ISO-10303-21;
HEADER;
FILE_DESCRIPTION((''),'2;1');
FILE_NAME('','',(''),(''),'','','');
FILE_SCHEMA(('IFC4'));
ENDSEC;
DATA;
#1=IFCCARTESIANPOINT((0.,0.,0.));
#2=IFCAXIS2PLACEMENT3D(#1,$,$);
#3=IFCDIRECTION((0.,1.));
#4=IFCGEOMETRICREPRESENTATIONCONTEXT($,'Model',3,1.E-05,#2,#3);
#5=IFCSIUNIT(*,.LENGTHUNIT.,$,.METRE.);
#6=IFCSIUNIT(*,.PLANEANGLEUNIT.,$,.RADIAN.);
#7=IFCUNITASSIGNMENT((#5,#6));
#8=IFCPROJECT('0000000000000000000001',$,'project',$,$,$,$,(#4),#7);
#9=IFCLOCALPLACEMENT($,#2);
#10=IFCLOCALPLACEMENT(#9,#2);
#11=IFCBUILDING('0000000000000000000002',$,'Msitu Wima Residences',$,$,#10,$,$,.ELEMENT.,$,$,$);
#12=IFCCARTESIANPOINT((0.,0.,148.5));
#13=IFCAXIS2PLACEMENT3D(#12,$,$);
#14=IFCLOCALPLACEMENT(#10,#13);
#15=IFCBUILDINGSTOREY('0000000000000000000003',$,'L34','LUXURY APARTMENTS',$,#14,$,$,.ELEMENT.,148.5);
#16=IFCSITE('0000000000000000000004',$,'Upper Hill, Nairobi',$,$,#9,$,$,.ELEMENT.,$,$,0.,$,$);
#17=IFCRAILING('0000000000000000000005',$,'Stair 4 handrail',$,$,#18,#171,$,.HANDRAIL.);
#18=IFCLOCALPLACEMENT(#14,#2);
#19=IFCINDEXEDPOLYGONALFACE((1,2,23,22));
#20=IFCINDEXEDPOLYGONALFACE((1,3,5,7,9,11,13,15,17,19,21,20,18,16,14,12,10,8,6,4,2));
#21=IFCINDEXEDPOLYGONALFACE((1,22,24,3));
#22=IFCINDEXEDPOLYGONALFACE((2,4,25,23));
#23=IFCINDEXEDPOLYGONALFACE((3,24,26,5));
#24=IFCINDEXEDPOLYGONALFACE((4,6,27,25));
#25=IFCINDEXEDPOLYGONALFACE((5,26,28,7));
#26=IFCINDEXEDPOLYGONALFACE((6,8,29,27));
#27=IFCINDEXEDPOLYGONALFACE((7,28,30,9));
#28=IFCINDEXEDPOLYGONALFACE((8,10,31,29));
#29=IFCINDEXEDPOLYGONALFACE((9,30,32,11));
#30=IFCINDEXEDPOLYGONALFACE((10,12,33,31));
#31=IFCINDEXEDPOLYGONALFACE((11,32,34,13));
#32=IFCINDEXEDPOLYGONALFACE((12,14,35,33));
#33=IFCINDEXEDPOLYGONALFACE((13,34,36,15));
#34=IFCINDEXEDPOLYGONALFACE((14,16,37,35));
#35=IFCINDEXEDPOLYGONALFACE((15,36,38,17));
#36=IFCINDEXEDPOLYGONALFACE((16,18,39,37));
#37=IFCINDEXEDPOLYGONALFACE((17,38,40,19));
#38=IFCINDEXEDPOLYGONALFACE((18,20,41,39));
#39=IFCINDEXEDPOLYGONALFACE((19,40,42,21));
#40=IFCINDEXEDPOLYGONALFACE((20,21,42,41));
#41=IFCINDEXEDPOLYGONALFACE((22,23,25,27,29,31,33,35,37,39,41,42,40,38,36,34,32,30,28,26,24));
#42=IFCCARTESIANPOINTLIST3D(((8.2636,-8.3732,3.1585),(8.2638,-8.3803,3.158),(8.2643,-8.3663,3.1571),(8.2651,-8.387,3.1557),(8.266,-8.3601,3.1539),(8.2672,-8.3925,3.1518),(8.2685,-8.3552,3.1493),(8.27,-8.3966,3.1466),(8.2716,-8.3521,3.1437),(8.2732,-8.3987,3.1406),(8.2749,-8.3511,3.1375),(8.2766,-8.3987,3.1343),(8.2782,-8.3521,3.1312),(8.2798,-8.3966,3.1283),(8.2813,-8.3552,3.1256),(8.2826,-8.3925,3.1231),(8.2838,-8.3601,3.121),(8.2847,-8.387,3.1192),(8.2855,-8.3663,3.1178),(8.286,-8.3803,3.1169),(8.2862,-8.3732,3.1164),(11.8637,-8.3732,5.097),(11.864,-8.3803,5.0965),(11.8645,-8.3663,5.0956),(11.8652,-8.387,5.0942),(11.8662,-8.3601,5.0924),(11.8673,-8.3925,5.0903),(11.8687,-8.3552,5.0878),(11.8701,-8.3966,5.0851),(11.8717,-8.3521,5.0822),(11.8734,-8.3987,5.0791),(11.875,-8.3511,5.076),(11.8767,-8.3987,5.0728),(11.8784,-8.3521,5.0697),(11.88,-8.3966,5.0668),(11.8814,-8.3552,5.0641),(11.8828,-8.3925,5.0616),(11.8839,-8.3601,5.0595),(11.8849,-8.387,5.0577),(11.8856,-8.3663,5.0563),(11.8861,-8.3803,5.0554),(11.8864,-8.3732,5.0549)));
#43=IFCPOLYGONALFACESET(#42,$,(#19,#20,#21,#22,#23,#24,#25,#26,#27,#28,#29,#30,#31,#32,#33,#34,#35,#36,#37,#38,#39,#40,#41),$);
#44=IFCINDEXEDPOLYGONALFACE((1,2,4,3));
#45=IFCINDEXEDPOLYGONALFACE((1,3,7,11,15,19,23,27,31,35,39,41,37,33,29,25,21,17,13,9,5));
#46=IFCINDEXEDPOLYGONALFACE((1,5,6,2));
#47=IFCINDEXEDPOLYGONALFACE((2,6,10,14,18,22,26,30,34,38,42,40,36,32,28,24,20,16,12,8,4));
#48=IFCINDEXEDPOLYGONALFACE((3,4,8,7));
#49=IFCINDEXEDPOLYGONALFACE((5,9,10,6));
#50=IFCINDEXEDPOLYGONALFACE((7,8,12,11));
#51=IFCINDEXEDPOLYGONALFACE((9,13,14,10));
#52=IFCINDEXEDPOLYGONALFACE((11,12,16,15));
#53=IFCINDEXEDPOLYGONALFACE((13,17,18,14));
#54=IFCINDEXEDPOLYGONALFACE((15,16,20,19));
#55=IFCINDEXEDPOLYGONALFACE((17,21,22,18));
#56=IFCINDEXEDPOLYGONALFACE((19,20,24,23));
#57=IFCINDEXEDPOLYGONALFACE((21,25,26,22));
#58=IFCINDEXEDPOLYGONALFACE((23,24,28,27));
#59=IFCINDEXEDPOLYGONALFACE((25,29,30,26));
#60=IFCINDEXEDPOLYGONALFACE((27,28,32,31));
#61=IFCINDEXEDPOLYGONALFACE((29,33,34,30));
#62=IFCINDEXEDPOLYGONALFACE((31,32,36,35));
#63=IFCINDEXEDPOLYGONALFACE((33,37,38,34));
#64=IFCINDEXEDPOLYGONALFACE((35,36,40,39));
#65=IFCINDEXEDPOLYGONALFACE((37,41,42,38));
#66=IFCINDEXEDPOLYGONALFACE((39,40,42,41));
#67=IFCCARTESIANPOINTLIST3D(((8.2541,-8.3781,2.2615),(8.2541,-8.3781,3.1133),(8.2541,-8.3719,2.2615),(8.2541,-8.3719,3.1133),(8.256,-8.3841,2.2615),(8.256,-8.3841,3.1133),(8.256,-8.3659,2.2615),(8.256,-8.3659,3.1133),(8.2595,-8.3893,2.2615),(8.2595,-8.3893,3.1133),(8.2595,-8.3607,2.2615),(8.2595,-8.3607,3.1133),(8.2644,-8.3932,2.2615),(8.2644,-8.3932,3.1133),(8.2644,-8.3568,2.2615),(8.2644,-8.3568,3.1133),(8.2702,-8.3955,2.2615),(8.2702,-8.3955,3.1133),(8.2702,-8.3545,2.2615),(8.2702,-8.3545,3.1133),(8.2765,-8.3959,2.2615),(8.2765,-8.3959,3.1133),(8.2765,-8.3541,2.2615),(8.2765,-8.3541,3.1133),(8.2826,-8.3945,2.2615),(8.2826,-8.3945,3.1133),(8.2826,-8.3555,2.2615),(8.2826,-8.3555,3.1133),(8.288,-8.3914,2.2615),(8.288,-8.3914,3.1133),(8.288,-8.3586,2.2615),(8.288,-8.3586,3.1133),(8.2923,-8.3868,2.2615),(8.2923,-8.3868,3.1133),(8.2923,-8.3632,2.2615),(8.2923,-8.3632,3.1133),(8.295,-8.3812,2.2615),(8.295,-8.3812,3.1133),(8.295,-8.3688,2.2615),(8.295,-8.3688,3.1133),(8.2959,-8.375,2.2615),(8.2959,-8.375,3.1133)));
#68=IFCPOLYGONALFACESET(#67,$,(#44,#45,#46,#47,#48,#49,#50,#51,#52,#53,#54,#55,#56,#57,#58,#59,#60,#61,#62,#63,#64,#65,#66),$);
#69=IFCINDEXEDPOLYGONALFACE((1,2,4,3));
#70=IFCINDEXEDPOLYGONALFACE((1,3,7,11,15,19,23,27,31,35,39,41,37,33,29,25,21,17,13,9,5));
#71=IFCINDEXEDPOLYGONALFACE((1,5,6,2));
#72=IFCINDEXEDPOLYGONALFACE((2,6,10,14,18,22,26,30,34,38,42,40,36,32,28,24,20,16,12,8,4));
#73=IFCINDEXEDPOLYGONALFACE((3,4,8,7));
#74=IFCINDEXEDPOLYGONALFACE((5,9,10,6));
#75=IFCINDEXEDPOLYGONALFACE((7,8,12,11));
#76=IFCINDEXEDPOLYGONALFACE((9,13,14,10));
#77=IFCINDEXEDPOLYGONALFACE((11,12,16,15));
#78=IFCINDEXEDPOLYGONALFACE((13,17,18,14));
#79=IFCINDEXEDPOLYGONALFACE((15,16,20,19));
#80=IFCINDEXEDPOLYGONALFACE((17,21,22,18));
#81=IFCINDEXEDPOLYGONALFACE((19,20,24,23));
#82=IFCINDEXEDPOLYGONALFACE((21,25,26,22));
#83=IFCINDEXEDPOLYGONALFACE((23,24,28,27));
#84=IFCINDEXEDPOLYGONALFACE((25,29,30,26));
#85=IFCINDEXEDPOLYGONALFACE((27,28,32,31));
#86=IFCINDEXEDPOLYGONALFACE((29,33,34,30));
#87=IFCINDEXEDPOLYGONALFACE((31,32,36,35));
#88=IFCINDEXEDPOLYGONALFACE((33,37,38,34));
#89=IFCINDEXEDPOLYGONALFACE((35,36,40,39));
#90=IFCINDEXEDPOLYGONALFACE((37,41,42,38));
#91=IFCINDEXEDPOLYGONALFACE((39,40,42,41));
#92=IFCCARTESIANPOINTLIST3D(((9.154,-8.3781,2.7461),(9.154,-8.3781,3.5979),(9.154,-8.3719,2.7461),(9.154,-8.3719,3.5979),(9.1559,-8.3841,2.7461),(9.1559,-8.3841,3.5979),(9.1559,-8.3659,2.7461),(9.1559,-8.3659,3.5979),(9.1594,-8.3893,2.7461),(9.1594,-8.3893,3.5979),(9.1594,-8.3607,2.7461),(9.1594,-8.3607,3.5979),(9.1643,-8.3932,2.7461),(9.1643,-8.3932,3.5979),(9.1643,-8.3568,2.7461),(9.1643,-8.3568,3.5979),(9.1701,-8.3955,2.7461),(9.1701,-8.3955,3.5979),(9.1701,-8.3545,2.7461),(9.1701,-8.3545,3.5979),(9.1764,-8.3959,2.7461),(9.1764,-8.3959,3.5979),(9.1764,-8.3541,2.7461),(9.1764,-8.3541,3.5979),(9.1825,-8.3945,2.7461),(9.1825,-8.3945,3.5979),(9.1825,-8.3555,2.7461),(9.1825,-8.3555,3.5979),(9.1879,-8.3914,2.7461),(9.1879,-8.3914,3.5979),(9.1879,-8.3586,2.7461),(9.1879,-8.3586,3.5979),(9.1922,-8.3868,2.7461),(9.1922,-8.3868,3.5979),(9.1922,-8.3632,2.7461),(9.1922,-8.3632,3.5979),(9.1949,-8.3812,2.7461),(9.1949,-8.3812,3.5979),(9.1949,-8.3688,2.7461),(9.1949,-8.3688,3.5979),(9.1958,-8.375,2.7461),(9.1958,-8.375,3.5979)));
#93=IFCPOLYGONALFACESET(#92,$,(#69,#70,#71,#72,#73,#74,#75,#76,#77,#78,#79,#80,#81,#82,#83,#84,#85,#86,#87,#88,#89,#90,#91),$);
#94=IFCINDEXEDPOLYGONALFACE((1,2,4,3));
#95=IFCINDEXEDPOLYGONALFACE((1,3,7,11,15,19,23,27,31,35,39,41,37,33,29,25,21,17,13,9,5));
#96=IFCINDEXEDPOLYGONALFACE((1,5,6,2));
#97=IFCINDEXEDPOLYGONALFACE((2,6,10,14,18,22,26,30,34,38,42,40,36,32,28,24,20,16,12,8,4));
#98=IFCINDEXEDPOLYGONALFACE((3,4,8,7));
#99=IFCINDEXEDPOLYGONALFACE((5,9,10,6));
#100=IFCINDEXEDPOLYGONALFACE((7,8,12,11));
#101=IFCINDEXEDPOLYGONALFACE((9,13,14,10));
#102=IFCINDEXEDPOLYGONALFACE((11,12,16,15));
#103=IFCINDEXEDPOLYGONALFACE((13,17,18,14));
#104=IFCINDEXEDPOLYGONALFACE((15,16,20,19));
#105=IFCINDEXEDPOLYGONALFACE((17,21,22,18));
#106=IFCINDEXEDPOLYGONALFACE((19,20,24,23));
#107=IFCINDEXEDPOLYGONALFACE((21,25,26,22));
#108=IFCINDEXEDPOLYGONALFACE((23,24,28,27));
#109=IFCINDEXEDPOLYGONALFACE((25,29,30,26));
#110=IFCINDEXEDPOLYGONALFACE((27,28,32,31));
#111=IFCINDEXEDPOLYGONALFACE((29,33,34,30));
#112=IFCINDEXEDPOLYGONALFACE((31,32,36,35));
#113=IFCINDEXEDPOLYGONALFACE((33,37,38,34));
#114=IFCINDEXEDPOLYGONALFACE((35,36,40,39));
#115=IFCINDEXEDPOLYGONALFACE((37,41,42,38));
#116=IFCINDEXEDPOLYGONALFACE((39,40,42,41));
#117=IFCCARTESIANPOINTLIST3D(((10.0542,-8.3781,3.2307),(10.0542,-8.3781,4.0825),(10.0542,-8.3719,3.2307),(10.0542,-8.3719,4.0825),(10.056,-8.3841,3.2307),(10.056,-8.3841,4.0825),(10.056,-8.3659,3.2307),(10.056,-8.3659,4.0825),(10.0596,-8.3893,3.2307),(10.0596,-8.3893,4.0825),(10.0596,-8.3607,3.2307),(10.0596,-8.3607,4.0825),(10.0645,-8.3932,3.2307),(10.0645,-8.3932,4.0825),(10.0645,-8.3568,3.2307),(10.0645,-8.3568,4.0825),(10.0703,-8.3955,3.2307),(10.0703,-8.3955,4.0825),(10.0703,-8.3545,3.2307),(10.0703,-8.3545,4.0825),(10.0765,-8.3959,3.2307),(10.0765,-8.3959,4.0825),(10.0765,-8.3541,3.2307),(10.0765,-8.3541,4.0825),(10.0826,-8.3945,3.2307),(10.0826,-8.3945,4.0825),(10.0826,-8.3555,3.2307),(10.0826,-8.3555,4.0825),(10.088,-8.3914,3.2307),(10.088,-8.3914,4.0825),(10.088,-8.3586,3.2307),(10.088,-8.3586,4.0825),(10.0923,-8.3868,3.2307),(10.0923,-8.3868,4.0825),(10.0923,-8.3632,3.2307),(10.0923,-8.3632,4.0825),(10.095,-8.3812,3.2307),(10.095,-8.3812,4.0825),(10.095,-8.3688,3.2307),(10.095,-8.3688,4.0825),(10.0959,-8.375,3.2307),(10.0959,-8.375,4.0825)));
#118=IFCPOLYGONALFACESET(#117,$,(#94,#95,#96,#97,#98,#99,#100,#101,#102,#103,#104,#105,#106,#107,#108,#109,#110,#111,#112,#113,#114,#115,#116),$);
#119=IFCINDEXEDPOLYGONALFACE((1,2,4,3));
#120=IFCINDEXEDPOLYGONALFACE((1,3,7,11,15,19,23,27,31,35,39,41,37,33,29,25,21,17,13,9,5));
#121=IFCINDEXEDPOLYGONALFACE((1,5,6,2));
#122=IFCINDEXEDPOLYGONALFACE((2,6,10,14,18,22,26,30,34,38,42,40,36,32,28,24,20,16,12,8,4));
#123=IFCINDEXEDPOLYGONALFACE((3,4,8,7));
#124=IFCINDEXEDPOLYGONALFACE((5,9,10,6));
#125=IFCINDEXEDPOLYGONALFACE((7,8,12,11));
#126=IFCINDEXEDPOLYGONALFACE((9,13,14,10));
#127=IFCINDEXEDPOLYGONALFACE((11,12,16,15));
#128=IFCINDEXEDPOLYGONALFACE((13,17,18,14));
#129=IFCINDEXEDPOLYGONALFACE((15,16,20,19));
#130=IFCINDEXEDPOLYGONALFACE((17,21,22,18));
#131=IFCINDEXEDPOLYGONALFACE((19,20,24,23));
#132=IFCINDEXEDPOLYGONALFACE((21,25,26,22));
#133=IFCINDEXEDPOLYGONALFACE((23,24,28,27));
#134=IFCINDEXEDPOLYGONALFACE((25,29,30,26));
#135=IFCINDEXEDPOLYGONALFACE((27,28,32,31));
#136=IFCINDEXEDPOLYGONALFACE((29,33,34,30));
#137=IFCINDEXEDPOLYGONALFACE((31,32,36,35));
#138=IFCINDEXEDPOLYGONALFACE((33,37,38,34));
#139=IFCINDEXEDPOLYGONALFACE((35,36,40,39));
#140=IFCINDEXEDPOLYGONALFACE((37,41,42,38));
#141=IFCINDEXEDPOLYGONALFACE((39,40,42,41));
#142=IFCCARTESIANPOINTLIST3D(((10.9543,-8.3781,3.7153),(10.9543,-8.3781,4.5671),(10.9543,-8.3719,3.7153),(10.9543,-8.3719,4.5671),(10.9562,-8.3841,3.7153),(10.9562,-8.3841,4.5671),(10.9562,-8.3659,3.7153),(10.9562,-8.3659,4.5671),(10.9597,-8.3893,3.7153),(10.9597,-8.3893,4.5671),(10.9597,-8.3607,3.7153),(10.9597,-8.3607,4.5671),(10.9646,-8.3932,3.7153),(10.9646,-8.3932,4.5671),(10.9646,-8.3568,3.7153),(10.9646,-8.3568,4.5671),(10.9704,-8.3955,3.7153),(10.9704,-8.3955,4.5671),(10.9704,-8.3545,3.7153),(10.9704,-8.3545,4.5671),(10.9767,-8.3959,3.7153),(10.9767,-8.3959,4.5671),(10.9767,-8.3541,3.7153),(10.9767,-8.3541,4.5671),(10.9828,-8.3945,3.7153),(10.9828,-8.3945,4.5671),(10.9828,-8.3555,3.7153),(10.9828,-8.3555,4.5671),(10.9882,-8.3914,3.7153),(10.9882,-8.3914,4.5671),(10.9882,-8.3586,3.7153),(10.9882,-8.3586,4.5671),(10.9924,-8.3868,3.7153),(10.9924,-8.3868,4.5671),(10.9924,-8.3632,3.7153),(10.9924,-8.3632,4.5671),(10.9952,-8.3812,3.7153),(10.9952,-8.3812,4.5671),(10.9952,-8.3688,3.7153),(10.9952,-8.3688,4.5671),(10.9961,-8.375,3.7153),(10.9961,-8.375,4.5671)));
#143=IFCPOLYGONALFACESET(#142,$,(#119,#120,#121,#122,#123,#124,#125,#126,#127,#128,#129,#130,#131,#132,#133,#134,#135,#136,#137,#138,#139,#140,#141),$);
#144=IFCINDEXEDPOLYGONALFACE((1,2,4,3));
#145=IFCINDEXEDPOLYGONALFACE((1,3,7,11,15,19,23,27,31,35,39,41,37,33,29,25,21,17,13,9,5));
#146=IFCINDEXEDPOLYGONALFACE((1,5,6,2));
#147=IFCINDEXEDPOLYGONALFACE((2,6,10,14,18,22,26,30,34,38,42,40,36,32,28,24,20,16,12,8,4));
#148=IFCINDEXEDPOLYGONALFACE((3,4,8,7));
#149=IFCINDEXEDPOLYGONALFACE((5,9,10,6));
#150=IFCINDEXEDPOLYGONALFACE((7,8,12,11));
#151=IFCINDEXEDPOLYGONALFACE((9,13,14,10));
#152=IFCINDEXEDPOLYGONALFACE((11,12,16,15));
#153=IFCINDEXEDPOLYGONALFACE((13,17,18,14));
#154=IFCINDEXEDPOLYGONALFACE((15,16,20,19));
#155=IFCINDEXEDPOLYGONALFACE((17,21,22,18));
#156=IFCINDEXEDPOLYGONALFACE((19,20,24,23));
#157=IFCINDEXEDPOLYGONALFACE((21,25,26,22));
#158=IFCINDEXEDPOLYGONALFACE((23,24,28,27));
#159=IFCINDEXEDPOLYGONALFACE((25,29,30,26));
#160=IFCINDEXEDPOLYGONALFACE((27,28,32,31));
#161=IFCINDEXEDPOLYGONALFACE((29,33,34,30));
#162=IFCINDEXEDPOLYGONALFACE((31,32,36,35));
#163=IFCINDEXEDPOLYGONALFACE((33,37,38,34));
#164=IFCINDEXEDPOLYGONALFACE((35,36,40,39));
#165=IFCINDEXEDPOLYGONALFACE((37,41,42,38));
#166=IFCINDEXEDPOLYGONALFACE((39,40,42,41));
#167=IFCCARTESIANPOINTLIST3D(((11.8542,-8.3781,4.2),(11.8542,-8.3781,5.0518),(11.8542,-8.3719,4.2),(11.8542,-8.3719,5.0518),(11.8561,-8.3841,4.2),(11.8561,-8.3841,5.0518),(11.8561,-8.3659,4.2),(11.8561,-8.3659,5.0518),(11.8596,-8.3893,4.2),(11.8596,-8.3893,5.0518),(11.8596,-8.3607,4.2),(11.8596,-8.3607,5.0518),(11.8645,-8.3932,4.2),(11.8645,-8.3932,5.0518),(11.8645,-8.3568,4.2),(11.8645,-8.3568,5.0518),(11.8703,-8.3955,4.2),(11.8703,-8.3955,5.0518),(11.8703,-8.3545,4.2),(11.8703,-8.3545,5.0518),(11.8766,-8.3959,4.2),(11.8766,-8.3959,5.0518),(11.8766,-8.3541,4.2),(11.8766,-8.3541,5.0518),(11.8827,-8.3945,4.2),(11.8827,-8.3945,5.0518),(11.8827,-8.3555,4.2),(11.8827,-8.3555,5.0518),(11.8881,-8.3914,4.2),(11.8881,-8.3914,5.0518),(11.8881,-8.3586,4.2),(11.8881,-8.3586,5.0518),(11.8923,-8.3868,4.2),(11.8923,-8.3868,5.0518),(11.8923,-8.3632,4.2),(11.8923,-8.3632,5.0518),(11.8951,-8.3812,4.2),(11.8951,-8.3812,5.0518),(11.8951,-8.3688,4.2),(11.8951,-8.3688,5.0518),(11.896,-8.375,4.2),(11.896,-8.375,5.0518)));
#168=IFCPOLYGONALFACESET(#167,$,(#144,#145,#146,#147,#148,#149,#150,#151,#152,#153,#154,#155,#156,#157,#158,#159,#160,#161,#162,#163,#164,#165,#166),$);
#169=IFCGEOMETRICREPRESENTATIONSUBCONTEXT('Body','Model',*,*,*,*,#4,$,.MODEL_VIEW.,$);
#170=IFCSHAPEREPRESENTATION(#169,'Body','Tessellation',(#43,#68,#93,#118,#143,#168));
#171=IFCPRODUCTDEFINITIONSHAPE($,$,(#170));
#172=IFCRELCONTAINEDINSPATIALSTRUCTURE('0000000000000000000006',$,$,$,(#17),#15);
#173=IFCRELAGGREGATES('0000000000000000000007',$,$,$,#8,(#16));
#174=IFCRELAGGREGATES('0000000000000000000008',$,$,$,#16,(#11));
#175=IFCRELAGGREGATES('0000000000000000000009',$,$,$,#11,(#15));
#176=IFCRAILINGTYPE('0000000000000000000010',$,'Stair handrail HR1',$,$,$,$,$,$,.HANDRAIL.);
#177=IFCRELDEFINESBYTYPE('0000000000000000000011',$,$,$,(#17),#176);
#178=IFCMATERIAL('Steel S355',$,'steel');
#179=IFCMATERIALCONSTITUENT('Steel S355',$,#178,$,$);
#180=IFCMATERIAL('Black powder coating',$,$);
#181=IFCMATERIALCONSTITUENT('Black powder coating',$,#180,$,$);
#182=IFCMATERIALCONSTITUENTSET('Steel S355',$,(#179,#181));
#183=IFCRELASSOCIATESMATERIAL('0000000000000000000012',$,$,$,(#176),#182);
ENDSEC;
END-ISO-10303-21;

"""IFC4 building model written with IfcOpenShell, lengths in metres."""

from ifc_helpers import new_model, si_unit, direction, frame, origin, origin_2d, place, context, subcontext, project, spatial, circle, extrude, material, constituent, constituent_set, type_object, element, save


model = new_model("IFC4")

# Units and contexts
model_context = context("Model", 3, precision=1e-05, world=origin(), true_north=direction((0.0, 1.0)))
body_context = subcontext(model_context, "Body", "Model", "MODEL_VIEW")
ifc_project = project(units=[si_unit("LENGTHUNIT", "METRE"), si_unit("PLANEANGLEUNIT", "RADIAN")], contexts=[model_context])

# Site, building, storey
site_placement = place(None, origin())
site = spatial("IfcSite", under=ifc_project, at=site_placement, Name="Upper Hill, Nairobi", CompositionType="ELEMENT", RefElevation=0.0)
building_placement = place(site_placement, origin())
building = spatial("IfcBuilding", under=site, at=building_placement, Name="Msitu Wima Residences", CompositionType="ELEMENT")
storey_placement = place(building_placement, frame((0.0, 0.0, 148.5)))
storey = spatial("IfcBuildingStorey", under=building, at=storey_placement, Name="L34", Description="LUXURY APARTMENTS", CompositionType="ELEMENT", Elevation=148.5)

# Railing
ifc_material_1 = material(Name="Steel S355", Category="steel")
ifc_constituent_1 = constituent(ifc_material_1, Name="Steel S355")
ifc_material_2 = material(Name="Black powder coating")
ifc_constituent_2 = constituent(ifc_material_2, Name="Black powder coating")
ifc_constituent_set = constituent_set(constituents=[ifc_constituent_1, ifc_constituent_2], Name="Steel S355")
railing_type = type_object("IfcRailingType", Name="Stair handrail HR1", PredefinedType="HANDRAIL", material=ifc_constituent_set)
for number, where, name in (
    (1, (8.2749, -8.375, 2.2615), "Stair 4 handrail"),
):
    element("IfcRailing", number, at=place(storey_placement, frame(where)), inside=storey, type_object=railing_type, Name=name, PredefinedType="HANDRAIL", context=body_context, shape_type="SweptSolid", body=[
        extrude(circle(Radius=0.0239, at=origin_2d()), frame((0.0, 0.0, 0.876), z_axis=(0.880475, 0.0, 0.474093), x_axis=(0.0, 1.0, 0.0)), (0.0, 0.0, 1.0), 4.0889),
        extrude(circle(Radius=0.021, at=origin_2d()), origin(), (0.0, 0.0, 1.0), 0.8518),
        extrude(circle(Radius=0.021, at=origin_2d()), frame((0.8999, 0.0, 0.4846)), (0.0, 0.0, 1.0), 0.8518),
        extrude(circle(Radius=0.021, at=origin_2d()), frame((1.8, 0.0, 0.9692)), (0.0, 0.0, 1.0), 0.8518),
        extrude(circle(Radius=0.021, at=origin_2d()), frame((2.7002, 0.0, 1.4539)), (0.0, 0.0, 1.0), 0.8518),
        extrude(circle(Radius=0.021, at=origin_2d()), frame((3.6001, 0.0, 1.9385)), (0.0, 0.0, 1.0), 0.8518),
    ])

save(model, "model.ifc")
